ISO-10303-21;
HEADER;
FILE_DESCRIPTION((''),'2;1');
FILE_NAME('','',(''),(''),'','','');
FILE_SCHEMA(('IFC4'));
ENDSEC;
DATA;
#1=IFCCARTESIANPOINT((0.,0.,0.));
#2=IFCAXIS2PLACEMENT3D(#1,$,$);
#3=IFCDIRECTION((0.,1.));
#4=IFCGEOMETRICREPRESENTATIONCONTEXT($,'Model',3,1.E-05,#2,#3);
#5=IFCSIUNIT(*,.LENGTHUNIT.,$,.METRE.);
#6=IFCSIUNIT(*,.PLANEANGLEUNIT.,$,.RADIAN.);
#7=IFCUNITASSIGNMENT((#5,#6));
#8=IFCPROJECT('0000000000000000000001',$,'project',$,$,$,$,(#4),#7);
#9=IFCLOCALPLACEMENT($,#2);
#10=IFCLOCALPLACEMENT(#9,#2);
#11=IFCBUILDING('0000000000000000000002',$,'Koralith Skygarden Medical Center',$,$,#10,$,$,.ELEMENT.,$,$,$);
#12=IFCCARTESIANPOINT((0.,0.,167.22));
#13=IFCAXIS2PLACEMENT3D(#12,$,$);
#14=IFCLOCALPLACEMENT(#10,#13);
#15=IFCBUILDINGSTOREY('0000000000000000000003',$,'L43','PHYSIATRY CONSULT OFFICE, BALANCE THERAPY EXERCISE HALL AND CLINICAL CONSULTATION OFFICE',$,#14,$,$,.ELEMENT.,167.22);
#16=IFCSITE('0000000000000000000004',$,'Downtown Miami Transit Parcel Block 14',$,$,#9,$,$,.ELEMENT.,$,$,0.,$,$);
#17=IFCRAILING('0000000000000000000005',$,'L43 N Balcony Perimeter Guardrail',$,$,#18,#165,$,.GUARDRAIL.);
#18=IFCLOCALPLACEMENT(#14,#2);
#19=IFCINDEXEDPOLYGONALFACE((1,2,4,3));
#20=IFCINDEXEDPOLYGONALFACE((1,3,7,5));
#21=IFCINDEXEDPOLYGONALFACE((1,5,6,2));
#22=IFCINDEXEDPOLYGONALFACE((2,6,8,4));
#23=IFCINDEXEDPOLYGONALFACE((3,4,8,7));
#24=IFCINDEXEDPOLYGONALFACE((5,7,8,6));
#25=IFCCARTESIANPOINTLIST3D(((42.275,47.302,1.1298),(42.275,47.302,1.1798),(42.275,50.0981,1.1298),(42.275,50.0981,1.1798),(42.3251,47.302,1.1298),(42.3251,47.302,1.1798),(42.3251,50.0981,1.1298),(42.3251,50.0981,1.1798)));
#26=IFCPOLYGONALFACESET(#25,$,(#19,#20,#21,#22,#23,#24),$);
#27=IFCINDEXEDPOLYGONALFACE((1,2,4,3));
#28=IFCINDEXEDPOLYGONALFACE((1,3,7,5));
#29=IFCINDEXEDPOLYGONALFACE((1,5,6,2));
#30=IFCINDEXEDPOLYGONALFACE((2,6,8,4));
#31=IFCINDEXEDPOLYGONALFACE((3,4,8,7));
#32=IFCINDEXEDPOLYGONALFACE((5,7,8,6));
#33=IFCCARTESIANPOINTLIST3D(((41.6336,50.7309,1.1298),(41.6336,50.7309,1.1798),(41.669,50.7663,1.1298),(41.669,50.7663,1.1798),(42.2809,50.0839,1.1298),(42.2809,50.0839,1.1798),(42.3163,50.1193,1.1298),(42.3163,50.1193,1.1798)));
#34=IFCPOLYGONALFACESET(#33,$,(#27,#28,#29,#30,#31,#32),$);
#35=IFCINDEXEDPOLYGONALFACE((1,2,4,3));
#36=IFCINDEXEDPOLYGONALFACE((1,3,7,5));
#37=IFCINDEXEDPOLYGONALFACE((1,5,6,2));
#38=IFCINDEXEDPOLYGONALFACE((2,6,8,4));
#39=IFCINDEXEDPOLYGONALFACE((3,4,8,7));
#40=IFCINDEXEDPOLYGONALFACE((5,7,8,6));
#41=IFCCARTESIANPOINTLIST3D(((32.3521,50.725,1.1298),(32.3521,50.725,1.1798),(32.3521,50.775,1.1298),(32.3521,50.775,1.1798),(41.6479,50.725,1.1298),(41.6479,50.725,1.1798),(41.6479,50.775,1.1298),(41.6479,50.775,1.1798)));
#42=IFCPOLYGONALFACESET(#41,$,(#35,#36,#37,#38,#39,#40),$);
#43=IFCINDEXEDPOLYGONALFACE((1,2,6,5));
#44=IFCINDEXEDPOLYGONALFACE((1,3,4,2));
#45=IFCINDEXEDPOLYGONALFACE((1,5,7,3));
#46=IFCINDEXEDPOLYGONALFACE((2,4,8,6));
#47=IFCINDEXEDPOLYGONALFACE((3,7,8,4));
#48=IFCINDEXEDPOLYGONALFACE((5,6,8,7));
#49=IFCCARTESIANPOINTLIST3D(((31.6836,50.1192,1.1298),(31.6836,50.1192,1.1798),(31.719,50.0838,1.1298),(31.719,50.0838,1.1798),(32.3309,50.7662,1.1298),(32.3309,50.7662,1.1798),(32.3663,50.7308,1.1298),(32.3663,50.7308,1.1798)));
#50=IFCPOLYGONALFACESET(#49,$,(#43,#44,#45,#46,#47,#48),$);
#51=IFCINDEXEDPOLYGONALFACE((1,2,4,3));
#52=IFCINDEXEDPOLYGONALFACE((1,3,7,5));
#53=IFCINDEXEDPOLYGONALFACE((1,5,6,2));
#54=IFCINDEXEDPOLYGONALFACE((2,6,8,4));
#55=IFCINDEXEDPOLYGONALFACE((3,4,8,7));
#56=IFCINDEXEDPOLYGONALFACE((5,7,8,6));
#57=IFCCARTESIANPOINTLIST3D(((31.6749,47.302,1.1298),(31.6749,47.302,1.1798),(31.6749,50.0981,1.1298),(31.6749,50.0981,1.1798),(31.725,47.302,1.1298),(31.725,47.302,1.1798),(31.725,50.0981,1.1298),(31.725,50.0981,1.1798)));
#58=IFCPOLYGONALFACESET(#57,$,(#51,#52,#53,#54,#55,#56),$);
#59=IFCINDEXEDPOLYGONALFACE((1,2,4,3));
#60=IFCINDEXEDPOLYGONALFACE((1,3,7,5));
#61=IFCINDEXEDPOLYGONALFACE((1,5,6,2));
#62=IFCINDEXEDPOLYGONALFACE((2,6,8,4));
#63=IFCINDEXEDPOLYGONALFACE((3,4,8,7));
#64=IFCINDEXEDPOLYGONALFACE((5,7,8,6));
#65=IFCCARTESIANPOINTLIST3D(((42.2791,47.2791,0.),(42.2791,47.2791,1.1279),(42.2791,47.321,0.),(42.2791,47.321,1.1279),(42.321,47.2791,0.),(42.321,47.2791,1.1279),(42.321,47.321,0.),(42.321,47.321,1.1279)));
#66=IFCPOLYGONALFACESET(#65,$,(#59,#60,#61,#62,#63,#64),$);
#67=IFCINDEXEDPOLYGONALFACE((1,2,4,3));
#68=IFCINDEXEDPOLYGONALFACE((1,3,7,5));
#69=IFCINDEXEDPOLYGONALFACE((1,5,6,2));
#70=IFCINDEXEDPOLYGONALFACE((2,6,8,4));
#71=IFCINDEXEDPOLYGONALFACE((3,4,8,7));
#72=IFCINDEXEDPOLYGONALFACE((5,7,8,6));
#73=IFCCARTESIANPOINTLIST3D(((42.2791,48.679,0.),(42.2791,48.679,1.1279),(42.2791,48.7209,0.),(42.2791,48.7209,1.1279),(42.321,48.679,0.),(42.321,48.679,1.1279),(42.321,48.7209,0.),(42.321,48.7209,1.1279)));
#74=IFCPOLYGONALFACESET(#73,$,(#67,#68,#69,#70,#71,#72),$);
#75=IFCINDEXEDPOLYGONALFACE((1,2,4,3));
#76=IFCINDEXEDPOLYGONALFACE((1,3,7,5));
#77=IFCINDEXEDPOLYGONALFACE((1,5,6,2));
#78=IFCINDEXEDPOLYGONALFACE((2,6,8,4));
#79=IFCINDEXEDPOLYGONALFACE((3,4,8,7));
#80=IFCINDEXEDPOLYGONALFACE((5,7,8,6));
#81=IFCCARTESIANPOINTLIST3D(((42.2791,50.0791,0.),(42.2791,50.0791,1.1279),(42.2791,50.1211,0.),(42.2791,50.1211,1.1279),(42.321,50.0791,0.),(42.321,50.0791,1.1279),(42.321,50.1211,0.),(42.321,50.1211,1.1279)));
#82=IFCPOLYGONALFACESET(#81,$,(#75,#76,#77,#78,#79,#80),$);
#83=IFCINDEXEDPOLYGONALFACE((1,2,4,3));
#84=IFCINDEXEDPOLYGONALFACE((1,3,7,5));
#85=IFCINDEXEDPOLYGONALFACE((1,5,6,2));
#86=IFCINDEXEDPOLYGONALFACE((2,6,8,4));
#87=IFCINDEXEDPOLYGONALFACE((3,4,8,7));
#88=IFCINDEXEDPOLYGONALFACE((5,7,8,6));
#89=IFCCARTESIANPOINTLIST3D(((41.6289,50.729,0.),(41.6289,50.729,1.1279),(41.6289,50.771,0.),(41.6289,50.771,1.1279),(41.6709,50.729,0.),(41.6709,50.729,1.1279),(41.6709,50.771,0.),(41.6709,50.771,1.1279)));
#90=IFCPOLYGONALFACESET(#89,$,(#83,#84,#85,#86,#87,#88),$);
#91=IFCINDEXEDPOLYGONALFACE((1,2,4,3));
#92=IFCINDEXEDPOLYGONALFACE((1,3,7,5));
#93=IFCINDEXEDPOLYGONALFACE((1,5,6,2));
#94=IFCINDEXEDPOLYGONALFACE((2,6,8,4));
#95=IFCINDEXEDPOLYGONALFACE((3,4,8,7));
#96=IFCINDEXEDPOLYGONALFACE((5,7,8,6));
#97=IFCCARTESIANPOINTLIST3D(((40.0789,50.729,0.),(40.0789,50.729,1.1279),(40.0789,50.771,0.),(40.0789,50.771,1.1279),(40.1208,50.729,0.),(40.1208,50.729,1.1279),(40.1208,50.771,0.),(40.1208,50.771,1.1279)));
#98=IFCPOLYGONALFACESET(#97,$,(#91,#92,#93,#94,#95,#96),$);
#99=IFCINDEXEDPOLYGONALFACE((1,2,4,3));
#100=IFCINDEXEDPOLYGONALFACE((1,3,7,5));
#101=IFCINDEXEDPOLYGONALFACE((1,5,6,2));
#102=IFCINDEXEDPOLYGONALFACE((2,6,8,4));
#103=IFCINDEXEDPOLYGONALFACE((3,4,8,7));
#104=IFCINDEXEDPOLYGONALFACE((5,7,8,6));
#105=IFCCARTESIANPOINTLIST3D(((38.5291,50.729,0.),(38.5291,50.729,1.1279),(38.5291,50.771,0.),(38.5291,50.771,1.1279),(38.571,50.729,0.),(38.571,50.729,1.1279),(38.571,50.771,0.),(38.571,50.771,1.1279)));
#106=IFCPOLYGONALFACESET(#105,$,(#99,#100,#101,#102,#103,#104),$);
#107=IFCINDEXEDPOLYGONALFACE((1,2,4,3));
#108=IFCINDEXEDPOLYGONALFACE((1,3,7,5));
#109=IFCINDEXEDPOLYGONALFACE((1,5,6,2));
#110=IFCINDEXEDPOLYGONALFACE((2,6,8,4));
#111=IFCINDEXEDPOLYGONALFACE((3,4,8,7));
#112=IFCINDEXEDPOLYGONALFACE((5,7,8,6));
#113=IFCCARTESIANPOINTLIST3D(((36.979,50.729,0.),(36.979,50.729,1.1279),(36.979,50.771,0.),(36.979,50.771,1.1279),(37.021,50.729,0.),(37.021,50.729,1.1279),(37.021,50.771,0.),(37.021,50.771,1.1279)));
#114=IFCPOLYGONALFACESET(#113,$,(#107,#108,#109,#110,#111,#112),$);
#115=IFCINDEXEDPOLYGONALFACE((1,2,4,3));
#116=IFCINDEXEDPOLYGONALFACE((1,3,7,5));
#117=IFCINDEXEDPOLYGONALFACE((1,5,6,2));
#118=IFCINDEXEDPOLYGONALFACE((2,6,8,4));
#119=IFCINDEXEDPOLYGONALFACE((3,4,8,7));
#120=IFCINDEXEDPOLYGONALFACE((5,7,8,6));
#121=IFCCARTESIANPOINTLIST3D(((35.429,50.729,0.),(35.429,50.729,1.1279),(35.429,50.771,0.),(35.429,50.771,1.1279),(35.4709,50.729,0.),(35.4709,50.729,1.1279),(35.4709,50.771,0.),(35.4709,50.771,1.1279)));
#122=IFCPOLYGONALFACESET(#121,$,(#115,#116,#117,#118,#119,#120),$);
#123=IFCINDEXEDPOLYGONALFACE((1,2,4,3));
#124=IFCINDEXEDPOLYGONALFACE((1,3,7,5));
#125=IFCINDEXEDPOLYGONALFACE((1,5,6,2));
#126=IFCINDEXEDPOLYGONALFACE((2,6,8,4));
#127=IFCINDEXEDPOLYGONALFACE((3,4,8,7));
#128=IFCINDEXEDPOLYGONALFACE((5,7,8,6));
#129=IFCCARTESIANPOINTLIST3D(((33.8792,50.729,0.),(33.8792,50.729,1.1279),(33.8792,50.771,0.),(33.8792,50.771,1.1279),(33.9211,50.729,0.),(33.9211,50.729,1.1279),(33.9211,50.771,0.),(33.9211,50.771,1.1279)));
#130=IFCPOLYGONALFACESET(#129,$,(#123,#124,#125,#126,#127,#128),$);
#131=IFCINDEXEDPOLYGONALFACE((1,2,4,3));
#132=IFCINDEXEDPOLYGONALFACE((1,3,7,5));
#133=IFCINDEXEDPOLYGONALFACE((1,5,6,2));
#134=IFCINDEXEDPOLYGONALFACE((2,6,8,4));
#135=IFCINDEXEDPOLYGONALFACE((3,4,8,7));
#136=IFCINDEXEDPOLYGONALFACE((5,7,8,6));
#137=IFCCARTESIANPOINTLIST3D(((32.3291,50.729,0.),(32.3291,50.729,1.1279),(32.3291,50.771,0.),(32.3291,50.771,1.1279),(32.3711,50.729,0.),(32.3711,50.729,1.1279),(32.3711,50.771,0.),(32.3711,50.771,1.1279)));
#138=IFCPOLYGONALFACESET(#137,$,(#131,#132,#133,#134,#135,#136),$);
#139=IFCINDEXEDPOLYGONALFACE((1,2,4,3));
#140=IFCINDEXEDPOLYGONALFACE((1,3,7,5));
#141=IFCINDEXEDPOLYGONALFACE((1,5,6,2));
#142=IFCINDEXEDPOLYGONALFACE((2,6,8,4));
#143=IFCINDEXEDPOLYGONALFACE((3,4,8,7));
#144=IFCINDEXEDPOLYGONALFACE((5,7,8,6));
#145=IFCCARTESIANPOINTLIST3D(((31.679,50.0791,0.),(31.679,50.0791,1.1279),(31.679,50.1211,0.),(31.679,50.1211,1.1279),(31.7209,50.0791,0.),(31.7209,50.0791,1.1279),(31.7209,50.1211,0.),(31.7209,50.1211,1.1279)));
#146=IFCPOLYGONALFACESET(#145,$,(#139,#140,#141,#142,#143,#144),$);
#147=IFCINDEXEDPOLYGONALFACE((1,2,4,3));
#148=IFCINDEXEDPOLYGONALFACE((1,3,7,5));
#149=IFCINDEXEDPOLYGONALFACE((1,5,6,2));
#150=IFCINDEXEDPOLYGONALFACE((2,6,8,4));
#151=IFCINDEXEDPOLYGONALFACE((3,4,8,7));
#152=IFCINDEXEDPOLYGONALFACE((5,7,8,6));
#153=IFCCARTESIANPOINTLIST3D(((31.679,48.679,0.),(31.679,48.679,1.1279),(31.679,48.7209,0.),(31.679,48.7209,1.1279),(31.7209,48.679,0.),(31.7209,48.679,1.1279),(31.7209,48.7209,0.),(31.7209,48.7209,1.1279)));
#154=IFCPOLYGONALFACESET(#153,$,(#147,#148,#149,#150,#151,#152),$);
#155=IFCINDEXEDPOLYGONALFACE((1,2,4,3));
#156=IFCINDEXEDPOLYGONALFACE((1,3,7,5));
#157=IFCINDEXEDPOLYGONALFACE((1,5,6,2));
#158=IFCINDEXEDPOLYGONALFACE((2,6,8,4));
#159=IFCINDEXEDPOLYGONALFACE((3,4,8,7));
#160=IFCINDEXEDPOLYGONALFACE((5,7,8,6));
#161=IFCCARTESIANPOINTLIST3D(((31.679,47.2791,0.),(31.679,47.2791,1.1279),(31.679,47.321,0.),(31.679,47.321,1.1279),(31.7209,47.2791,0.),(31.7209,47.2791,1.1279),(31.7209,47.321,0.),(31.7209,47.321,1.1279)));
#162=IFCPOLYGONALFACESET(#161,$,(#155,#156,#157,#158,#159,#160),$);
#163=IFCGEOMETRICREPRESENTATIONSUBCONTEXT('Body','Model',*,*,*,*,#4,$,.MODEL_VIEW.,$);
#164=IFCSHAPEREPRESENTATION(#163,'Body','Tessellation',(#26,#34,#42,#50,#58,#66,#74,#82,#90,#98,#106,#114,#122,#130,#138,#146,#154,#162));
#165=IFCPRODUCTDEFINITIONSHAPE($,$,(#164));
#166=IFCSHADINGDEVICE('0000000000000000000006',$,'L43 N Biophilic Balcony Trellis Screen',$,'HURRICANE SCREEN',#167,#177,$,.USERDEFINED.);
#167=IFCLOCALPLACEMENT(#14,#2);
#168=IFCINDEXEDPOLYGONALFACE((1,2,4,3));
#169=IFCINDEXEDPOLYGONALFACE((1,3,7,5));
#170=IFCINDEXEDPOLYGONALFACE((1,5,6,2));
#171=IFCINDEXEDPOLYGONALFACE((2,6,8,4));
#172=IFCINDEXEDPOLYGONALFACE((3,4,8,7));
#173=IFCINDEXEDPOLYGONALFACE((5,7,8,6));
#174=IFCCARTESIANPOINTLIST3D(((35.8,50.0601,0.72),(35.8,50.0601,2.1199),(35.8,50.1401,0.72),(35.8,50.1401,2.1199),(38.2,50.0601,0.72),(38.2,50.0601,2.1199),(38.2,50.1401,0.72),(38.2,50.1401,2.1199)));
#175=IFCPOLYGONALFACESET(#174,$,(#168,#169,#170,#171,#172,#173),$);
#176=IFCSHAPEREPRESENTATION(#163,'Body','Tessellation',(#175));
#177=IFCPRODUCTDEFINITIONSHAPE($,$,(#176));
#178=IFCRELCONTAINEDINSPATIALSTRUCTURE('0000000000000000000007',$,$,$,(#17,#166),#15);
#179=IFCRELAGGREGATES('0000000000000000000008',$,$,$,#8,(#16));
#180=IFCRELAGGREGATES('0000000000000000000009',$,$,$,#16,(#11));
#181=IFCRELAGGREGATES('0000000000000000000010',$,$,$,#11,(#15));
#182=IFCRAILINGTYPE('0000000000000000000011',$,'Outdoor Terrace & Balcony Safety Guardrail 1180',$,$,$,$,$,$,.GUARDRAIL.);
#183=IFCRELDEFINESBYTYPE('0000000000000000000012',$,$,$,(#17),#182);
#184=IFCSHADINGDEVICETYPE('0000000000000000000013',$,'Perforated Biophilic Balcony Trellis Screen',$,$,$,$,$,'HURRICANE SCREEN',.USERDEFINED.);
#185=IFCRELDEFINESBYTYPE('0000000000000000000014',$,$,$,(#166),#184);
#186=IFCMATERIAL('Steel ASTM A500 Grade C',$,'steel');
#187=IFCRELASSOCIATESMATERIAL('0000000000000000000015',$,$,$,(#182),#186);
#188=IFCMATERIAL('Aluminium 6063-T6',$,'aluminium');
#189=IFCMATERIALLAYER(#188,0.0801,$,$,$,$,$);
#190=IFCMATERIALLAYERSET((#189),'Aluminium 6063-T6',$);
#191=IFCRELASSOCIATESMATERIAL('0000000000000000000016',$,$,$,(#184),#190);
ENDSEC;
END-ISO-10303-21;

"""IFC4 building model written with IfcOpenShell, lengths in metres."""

from ifc_helpers import new_model, si_unit, direction, frame, origin, origin_2d, place, context, subcontext, project, spatial, rectangle, extrude, material, layer, layer_set, type_object, element, save


model = new_model("IFC4")

# Units and contexts
model_context = context("Model", 3, precision=1e-05, world=origin(), true_north=direction((0.0, 1.0)))
body_context = subcontext(model_context, "Body", "Model", "MODEL_VIEW")
ifc_project = project(units=[si_unit("LENGTHUNIT", "METRE"), si_unit("PLANEANGLEUNIT", "RADIAN")], contexts=[model_context])

# Site, building, storey
site_placement = place(None, origin())
site = spatial("IfcSite", under=ifc_project, at=site_placement, Name="Downtown Miami Transit Parcel Block 14", CompositionType="ELEMENT", RefElevation=0.0)
building_placement = place(site_placement, origin())
building = spatial("IfcBuilding", under=site, at=building_placement, Name="Koralith Skygarden Medical Center", CompositionType="ELEMENT")
storey_placement = place(building_placement, frame((0.0, 0.0, 167.22)))
storey = spatial("IfcBuildingStorey", under=building, at=storey_placement, Name="L43", Description="PHYSIATRY CONSULT OFFICE, BALANCE THERAPY EXERCISE HALL AND CLINICAL CONSULTATION OFFICE", CompositionType="ELEMENT", Elevation=167.22)

# Shared definitions
ifc_material_1 = material(Name="Aluminium 6063-T6", Category="aluminium")

# Shared definitions
ifc_material_2 = material(Name="Steel ASTM A500 Grade C", Category="steel")

# Railing
railing_type = type_object("IfcRailingType", Name="Outdoor Terrace & Balcony Safety Guardrail 1180", PredefinedType="GUARDRAIL", material=ifc_material_2)
railing_placement = place(storey_placement, frame((42.3, 47.3, 0.0)))
element("IfcRailing", 1, at=railing_placement, inside=storey, type_object=railing_type, Name="L43 N Balcony Perimeter Guardrail", PredefinedType="GUARDRAIL", context=body_context, shape_type="SweptSolid", body=[
    extrude(rectangle(XDim=0.05, YDim=0.05, at=origin_2d()), frame((0.0, 0.002, 1.1548), z_axis=(0.0, 1.0, 0.0), x_axis=(-1.0, 0.0, 0.0)), (0.0, 0.0, 1.0), 2.7961),
    extrude(rectangle(XDim=0.05, YDim=0.05, at=origin_2d()), frame((-0.0015, 2.8015, 1.1548), z_axis=(-0.70724, 0.706974, 0.0), x_axis=(-0.706974, -0.70724, 0.0)), (0.0, 0.0, 1.0), 0.9153),
    extrude(rectangle(XDim=0.05, YDim=0.05, at=origin_2d()), frame((-0.6521, 3.45, 1.1548), z_axis=(-1.0, 0.0, 0.0), x_axis=(0.0, -1.0, 0.0)), (0.0, 0.0, 1.0), 9.2959),
    extrude(rectangle(XDim=0.05, YDim=0.05, at=origin_2d()), frame((-9.9514, 3.4485, 1.1548), z_axis=(-0.70724, -0.706974, 0.0), x_axis=(0.706974, -0.70724, 0.0)), (0.0, 0.0, 1.0), 0.9153),
    extrude(rectangle(XDim=0.05, YDim=0.05, at=origin_2d()), frame((-10.6001, 2.7981, 1.1548), z_axis=(0.0, -1.0, 0.0), x_axis=(1.0, 0.0, 0.0)), (0.0, 0.0, 1.0), 2.7961),
    extrude(rectangle(XDim=0.042, YDim=0.042, at=origin_2d()), origin(), (0.0, 0.0, 1.0), 1.1279),
    extrude(rectangle(XDim=0.042, YDim=0.042, at=origin_2d()), frame((0.0, 1.3999, 0.0)), (0.0, 0.0, 1.0), 1.1279),
    extrude(rectangle(XDim=0.042, YDim=0.042, at=origin_2d()), frame((0.0, 2.8, 0.0)), (0.0, 0.0, 1.0), 1.1279),
    extrude(rectangle(XDim=0.042, YDim=0.042, at=origin_2d()), frame((-0.6501, 3.45, 0.0)), (0.0, 0.0, 1.0), 1.1279),
    extrude(rectangle(XDim=0.042, YDim=0.042, at=origin_2d()), frame((-2.2002, 3.45, 0.0)), (0.0, 0.0, 1.0), 1.1279),
    extrude(rectangle(XDim=0.042, YDim=0.042, at=origin_2d()), frame((-3.75, 3.45, 0.0)), (0.0, 0.0, 1.0), 1.1279),
    extrude(rectangle(XDim=0.042, YDim=0.042, at=origin_2d()), frame((-5.3, 3.45, 0.0)), (0.0, 0.0, 1.0), 1.1279),
    extrude(rectangle(XDim=0.042, YDim=0.042, at=origin_2d()), frame((-6.8501, 3.45, 0.0)), (0.0, 0.0, 1.0), 1.1279),
    extrude(rectangle(XDim=0.042, YDim=0.042, at=origin_2d()), frame((-8.3999, 3.45, 0.0)), (0.0, 0.0, 1.0), 1.1279),
    extrude(rectangle(XDim=0.042, YDim=0.042, at=origin_2d()), frame((-9.95, 3.45, 0.0)), (0.0, 0.0, 1.0), 1.1279),
    extrude(rectangle(XDim=0.042, YDim=0.042, at=origin_2d()), frame((-10.6001, 2.8, 0.0)), (0.0, 0.0, 1.0), 1.1279),
    extrude(rectangle(XDim=0.042, YDim=0.042, at=origin_2d()), frame((-10.6001, 1.3999, 0.0)), (0.0, 0.0, 1.0), 1.1279),
    extrude(rectangle(XDim=0.042, YDim=0.042, at=origin_2d()), frame((-10.6001, 0.0, 0.0)), (0.0, 0.0, 1.0), 1.1279),
])

# Shading device
ifc_layer_1 = layer(ifc_material_1, 0.0801)
ifc_layer_set_1 = layer_set([ifc_layer_1], Name="Aluminium 6063-T6")
shading_device_type = type_object("IfcShadingDeviceType", Name="Perforated Biophilic Balcony Trellis Screen", ElementType="HURRICANE SCREEN", PredefinedType="USERDEFINED", material=ifc_layer_set_1)
shading_device_placement = place(storey_placement, frame((37.0, 50.1001, 0.72), z_axis=(0.0, 0.0, 1.0), x_axis=(1.0, 0.0, 0.0)))
element("IfcShadingDevice", 2, at=shading_device_placement, inside=storey, type_object=shading_device_type, Name="L43 N Biophilic Balcony Trellis Screen", ObjectType="HURRICANE SCREEN", PredefinedType="USERDEFINED", context=body_context, shape_type="SweptSolid", body=[
    extrude(rectangle(XDim=2.3999, YDim=0.0801, at=origin_2d()), origin(), (0.0, 0.0, 1.0), 1.3999),
])

save(model, "model.ifc")
